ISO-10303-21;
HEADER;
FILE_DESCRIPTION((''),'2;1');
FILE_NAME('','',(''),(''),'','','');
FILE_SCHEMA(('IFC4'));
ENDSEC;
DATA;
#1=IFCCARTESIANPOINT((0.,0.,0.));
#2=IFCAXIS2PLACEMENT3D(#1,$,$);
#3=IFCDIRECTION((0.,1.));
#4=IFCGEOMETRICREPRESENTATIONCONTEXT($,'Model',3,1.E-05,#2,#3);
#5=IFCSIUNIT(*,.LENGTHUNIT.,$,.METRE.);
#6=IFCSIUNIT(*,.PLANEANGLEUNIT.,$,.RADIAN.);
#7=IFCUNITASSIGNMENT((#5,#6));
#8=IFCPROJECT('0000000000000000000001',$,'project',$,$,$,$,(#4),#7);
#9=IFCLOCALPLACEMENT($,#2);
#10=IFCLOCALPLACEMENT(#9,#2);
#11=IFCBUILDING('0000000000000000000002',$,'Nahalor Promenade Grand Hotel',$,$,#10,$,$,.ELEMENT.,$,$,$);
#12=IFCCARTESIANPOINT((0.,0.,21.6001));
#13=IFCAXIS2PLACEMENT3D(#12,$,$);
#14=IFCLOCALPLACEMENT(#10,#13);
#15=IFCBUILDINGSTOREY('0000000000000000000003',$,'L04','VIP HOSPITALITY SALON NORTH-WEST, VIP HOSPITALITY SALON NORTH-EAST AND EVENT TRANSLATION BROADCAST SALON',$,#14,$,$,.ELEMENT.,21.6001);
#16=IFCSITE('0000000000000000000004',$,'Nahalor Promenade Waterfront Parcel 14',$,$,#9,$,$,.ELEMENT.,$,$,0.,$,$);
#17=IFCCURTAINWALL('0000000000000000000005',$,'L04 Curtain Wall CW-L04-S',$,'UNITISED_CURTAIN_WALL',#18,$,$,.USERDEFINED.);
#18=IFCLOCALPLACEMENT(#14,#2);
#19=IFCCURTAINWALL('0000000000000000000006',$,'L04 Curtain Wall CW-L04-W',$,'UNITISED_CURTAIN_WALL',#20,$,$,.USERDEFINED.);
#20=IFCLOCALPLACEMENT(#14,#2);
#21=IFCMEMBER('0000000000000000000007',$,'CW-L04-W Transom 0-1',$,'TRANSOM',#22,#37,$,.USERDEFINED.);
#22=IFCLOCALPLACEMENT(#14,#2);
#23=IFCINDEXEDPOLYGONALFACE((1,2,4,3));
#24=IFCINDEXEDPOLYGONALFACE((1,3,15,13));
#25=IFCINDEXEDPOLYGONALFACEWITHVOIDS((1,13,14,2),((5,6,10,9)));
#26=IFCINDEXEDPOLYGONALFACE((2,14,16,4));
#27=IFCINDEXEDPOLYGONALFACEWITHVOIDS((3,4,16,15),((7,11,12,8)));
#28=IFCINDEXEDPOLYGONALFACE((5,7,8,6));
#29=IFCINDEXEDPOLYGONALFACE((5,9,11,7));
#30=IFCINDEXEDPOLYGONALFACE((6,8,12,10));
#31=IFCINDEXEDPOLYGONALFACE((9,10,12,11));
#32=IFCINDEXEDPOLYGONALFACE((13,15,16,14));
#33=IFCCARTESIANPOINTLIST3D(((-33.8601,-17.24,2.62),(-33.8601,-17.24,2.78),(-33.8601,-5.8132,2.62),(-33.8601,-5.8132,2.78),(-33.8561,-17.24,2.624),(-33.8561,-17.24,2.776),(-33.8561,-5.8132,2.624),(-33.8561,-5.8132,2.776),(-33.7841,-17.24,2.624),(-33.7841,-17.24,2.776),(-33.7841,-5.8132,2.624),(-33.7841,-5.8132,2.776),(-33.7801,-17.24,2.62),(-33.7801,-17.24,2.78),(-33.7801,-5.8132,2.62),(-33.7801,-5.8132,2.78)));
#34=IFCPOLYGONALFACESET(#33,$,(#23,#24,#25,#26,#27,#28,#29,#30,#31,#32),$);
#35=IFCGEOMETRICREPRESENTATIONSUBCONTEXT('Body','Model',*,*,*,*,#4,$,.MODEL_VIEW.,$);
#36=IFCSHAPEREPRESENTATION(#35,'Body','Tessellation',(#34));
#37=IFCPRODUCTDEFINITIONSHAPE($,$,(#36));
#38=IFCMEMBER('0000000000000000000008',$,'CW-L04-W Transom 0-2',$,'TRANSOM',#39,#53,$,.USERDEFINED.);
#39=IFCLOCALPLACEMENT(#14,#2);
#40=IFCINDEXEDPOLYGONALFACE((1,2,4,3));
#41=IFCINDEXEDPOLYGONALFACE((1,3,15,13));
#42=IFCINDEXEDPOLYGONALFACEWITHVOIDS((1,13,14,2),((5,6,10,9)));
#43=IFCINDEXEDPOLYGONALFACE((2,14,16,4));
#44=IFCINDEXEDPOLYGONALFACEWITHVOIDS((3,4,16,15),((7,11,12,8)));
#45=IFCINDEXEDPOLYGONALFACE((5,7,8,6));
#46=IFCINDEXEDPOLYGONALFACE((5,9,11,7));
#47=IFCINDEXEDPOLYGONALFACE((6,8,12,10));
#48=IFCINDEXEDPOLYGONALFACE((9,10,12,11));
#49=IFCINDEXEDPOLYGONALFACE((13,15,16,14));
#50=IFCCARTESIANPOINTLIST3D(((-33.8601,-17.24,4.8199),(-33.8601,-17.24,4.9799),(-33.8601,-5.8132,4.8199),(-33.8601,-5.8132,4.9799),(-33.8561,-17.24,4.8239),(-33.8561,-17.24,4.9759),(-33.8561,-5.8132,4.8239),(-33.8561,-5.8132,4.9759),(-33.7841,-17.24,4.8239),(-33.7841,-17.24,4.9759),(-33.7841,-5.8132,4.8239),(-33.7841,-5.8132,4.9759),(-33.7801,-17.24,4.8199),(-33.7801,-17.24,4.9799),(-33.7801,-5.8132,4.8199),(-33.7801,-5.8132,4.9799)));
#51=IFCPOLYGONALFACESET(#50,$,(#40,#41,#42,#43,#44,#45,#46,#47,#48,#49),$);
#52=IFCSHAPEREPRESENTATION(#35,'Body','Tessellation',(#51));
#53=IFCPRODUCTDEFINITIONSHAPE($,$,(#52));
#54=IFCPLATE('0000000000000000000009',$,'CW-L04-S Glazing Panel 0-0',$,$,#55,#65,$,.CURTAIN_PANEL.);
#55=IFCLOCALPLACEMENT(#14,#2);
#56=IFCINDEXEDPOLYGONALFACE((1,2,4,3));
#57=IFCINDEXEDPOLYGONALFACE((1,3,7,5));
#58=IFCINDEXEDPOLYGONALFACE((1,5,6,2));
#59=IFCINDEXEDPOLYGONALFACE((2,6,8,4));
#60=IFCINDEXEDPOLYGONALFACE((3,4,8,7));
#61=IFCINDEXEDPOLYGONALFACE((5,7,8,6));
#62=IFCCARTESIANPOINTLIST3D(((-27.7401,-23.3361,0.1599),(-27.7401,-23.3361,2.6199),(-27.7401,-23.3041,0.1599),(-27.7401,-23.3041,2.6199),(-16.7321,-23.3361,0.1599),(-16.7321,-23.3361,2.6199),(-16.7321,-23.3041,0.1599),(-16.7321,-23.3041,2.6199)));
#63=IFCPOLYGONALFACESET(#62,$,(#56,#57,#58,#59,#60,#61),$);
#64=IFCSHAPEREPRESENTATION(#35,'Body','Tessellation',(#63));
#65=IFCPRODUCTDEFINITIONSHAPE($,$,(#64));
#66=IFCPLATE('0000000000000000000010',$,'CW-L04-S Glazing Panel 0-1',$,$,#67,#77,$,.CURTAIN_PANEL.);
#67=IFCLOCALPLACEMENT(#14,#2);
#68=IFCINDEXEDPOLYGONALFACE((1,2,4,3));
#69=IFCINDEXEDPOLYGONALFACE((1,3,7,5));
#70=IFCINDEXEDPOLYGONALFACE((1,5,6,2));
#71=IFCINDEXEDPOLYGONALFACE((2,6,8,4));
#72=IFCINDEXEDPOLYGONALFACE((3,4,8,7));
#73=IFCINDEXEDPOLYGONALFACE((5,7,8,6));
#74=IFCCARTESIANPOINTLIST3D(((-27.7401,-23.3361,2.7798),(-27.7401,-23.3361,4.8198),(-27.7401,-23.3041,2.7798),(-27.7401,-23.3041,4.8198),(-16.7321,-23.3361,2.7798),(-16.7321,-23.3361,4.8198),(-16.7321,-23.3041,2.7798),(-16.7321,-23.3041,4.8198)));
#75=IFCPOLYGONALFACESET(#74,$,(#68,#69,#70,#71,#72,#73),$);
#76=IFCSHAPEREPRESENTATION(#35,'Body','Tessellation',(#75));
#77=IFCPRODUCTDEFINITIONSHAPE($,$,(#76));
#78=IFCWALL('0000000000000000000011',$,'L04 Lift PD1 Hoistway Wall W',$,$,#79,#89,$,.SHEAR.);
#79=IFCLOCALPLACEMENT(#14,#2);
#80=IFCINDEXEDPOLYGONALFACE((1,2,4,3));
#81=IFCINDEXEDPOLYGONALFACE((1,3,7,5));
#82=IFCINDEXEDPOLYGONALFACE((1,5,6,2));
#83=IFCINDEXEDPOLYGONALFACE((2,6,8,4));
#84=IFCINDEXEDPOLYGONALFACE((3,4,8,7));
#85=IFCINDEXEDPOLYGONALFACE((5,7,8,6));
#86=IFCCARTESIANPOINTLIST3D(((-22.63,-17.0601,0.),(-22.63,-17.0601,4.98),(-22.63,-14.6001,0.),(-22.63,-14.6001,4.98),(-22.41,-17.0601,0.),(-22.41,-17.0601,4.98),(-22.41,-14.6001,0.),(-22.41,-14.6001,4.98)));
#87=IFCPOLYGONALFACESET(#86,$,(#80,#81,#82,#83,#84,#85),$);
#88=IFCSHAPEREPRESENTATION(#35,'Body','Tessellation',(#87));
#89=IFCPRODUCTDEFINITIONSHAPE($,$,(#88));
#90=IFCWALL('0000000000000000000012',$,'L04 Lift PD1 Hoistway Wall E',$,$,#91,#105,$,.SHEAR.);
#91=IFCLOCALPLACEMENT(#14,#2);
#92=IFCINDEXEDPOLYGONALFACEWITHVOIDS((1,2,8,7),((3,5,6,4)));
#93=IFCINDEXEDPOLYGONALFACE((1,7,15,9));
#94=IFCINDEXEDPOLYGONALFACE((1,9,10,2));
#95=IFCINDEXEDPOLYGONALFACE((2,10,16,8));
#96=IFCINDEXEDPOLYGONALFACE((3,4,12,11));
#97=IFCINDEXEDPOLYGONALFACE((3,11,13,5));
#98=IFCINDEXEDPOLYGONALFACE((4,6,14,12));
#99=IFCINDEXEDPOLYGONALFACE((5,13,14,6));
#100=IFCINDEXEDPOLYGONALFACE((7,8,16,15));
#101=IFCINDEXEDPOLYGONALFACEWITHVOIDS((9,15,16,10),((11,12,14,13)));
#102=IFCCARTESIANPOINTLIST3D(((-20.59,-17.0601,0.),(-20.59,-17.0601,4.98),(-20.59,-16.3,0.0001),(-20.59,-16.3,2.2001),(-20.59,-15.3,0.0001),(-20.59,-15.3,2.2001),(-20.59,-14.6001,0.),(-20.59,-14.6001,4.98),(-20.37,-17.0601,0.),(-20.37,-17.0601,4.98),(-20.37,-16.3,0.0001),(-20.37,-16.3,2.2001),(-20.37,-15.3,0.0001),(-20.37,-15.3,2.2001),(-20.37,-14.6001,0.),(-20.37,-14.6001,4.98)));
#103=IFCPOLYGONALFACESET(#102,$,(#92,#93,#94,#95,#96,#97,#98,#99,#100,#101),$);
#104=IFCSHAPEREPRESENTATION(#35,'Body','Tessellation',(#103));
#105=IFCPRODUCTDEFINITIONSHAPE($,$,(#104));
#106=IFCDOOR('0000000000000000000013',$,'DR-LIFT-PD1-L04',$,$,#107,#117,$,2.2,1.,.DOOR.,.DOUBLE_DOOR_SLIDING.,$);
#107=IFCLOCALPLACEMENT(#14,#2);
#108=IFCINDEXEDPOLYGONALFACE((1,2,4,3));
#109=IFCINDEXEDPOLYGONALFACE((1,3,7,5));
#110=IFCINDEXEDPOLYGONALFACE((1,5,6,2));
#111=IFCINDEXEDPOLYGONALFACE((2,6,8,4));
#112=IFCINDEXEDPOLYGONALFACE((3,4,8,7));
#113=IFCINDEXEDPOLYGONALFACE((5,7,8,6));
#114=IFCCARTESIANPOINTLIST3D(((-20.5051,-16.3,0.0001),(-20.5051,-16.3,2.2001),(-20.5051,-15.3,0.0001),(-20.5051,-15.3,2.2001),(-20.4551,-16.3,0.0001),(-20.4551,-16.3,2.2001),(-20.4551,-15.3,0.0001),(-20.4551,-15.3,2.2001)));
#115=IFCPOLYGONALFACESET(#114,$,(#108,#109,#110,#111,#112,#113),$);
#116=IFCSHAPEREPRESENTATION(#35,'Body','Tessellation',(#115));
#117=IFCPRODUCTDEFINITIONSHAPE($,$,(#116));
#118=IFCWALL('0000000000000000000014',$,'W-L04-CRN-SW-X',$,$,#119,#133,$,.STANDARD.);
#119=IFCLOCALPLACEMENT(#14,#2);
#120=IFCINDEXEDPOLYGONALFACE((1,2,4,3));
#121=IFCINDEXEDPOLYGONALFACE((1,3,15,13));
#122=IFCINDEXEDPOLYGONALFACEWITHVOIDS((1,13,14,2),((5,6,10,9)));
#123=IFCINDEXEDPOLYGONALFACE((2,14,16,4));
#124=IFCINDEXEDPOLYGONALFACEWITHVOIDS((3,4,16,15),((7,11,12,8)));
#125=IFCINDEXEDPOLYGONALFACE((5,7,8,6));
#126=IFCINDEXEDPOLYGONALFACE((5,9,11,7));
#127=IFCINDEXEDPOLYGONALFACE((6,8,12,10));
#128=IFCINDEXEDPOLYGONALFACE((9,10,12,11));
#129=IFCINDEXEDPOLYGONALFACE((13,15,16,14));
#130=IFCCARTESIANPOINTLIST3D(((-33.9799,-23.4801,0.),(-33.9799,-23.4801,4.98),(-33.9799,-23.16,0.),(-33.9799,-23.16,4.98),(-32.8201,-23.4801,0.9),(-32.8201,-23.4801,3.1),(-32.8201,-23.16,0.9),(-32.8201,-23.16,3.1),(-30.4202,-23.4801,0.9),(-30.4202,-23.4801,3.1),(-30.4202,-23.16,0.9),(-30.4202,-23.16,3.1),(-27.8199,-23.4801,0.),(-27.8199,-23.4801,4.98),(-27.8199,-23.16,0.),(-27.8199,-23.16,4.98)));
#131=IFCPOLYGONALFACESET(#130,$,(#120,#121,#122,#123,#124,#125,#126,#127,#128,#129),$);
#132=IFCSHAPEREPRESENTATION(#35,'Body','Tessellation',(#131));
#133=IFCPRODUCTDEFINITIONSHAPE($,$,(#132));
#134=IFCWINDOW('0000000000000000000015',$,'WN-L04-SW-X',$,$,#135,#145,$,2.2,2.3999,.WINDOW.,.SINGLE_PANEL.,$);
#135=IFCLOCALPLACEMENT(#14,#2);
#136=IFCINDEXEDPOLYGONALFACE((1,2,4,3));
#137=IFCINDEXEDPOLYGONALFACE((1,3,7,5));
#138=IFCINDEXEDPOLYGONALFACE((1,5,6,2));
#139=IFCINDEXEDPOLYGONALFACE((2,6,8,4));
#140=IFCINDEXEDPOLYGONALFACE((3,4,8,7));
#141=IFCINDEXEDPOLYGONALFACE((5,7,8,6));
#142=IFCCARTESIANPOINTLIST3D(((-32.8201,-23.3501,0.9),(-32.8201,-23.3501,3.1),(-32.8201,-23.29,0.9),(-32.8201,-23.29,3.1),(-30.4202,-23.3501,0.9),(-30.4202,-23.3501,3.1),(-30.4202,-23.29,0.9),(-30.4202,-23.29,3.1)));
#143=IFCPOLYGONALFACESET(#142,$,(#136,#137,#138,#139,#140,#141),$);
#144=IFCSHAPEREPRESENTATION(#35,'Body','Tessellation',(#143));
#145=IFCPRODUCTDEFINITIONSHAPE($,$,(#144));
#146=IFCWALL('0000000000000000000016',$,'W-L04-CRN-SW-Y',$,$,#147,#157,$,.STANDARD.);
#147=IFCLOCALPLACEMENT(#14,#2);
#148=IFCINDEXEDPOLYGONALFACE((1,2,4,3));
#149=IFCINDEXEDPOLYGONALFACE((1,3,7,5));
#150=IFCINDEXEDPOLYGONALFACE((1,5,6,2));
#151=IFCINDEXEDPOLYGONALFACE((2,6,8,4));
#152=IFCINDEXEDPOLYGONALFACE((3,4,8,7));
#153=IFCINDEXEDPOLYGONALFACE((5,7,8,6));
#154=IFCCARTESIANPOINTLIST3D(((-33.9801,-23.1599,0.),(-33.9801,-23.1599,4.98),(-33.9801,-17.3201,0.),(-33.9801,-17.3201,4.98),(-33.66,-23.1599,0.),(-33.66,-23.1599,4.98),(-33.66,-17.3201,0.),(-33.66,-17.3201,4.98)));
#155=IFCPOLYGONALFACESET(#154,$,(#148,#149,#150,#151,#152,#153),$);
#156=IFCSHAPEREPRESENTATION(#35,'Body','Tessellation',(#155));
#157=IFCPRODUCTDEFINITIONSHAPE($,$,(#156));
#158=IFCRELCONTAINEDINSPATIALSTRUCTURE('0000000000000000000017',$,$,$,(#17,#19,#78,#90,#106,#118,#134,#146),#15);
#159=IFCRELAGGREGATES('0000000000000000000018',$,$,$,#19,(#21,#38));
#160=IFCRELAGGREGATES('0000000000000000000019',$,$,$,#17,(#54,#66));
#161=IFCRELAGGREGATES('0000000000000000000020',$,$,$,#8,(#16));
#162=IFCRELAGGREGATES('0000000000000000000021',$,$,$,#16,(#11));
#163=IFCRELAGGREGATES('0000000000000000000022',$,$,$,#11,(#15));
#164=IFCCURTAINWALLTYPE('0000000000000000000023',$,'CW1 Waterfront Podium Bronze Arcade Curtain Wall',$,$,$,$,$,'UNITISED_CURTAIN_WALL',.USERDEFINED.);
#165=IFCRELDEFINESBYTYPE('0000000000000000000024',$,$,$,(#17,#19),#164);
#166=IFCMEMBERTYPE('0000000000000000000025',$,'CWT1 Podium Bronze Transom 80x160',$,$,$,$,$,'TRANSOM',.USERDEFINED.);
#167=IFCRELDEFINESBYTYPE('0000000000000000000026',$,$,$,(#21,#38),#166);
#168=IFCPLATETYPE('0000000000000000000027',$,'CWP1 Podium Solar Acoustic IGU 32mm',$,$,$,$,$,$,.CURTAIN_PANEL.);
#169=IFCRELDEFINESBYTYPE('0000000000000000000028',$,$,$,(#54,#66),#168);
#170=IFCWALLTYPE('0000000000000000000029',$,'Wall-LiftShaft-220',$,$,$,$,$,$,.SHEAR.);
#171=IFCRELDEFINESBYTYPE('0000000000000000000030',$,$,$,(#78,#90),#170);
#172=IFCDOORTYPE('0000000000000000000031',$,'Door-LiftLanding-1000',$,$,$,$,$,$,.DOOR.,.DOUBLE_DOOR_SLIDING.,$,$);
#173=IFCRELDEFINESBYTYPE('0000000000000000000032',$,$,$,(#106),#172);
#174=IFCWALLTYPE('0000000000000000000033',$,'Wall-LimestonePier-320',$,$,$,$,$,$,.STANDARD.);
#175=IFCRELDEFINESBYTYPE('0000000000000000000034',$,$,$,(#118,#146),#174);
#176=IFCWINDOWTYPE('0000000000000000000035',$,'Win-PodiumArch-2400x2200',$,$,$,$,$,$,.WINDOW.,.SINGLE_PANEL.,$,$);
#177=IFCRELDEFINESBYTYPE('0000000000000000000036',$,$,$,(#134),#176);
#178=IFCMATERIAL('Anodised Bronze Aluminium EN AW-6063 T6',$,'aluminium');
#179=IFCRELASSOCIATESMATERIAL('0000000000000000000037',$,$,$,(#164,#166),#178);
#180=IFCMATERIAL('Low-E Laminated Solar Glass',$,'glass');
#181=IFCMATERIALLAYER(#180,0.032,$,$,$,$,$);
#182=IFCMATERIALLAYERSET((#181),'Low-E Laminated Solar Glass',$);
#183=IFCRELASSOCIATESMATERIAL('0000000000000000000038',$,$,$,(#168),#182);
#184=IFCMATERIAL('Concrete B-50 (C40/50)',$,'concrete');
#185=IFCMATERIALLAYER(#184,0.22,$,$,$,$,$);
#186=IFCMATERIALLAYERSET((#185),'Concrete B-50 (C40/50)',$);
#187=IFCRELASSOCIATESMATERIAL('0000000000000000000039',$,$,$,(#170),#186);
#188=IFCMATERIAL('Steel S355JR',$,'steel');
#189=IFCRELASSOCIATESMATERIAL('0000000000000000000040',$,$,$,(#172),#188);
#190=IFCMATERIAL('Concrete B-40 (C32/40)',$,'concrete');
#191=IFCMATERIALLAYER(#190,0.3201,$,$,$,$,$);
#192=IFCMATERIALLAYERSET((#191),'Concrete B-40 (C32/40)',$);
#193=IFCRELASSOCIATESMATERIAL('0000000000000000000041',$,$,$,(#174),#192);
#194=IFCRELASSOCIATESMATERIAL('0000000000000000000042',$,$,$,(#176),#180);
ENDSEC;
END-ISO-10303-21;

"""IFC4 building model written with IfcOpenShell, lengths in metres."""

from ifc_helpers import new_model, si_unit, direction, frame, frame_2d, origin, origin_2d, place, context, subcontext, project, spatial, rectangle, hollow_rectangle, extrude, source, transform, mapped, material, layer, layer_set, material_profile, profile_set, type_object, element, fill, aggregate, save


model = new_model("IFC4")

# Units and contexts
model_context = context("Model", 3, precision=1e-05, world=origin(), true_north=direction((0.0, 1.0)))
body_context = subcontext(model_context, "Body", "Model", "MODEL_VIEW")
ifc_project = project(units=[si_unit("LENGTHUNIT", "METRE"), si_unit("PLANEANGLEUNIT", "RADIAN")], contexts=[model_context])

# Site, building, storey
site_placement = place(None, origin())
site = spatial("IfcSite", under=ifc_project, at=site_placement, Name="Nahalor Promenade Waterfront Parcel 14", CompositionType="ELEMENT", RefElevation=0.0)
building_placement = place(site_placement, origin())
building = spatial("IfcBuilding", under=site, at=building_placement, Name="Nahalor Promenade Grand Hotel", CompositionType="ELEMENT")
storey_placement = place(building_placement, frame((0.0, 0.0, 21.6001)))
storey = spatial("IfcBuildingStorey", under=building, at=storey_placement, Name="L04", Description="VIP HOSPITALITY SALON NORTH-WEST, VIP HOSPITALITY SALON NORTH-EAST AND EVENT TRANSLATION BROADCAST SALON", CompositionType="ELEMENT", Elevation=21.6001)

# Shared definitions
ifc_material_1 = material(Name="Steel S355JR", Category="steel")

# Curtain walls
ifc_material_2 = material(Name="Anodised Bronze Aluminium EN AW-6063 T6", Category="aluminium")
curtain_wall_type = type_object("IfcCurtainWallType", Name="CW1 Waterfront Podium Bronze Arcade Curtain Wall", ElementType="UNITISED_CURTAIN_WALL", PredefinedType="USERDEFINED", material=ifc_material_2)
curtain_wall_1_placement = place(storey_placement, origin())
curtain_wall_1 = element("IfcCurtainWall", 1, at=curtain_wall_1_placement, inside=storey, type_object=curtain_wall_type, Name="L04 Curtain Wall CW-L04-S", ObjectType="UNITISED_CURTAIN_WALL", PredefinedType="USERDEFINED")
curtain_wall_2_placement = place(storey_placement, origin())
curtain_wall_2 = element("IfcCurtainWall", 2, at=curtain_wall_2_placement, inside=storey, type_object=curtain_wall_type, Name="L04 Curtain Wall CW-L04-W", ObjectType="UNITISED_CURTAIN_WALL", PredefinedType="USERDEFINED")

# Members
ifc_material_profile_1 = material_profile(ifc_material_2, hollow_rectangle(XDim=0.08, YDim=0.16, WallThickness=0.004, at=origin_2d()), Name="CWT 80x160x4")
ifc_profile_set_1 = profile_set([ifc_material_profile_1], Name="Anodised Bronze Aluminium EN AW-6063 T6")
member_type_1 = type_object("IfcMemberType", Name="CWT1 Podium Bronze Transom 80x160", ElementType="TRANSOM", PredefinedType="USERDEFINED", material=ifc_profile_set_1)
shared_shape_1 = source(origin(), body_context, "Body", "SweptSolid", [
    extrude(hollow_rectangle(XDim=0.08, YDim=0.16, WallThickness=0.004, at=origin_2d()), origin(), (0.0, 0.0, 1.0), 11.4268),
])
member_1_placement = place(storey_placement, frame((-33.8201, -17.24, 2.7), z_axis=(0.0, 1.0, 0.0), x_axis=(-1.0, 0.0, 0.0)))
member_1 = element("IfcMember", 3, at=member_1_placement, type_object=member_type_1, Name="CW-L04-W Transom 0-1", ObjectType="TRANSOM", PredefinedType="USERDEFINED", context=body_context, shape_type="MappedRepresentation", body=[
    mapped(shared_shape_1, transform((0.0, 0.0, 0.0), scale=1.0)),
])
member_2_placement = place(storey_placement, frame((-33.8201, -17.24, 4.8999), z_axis=(0.0, 1.0, 0.0), x_axis=(-1.0, 0.0, 0.0)))
member_2 = element("IfcMember", 4, at=member_2_placement, type_object=member_type_1, Name="CW-L04-W Transom 0-2", ObjectType="TRANSOM", PredefinedType="USERDEFINED", context=body_context, shape_type="MappedRepresentation", body=[
    mapped(shared_shape_1, transform((0.0, 0.0, 0.0), scale=1.0)),
])
aggregate(curtain_wall_2, [member_1, member_2])

# Plates
ifc_material_3 = material(Name="Low-E Laminated Solar Glass", Category="glass")
ifc_layer_1 = layer(ifc_material_3, 0.032)
ifc_layer_set_1 = layer_set([ifc_layer_1], Name="Low-E Laminated Solar Glass")
plate_type = type_object("IfcPlateType", Name="CWP1 Podium Solar Acoustic IGU 32mm", PredefinedType="CURTAIN_PANEL", material=ifc_layer_set_1)
shared_shape_2 = source(origin(), body_context, "Body", "SweptSolid", [
    extrude(rectangle(XDim=11.0081, YDim=0.032, at=origin_2d()), origin(), (0.0, 0.0, 1.0), 2.46),
])
plate_1_placement = place(storey_placement, frame((-22.2361, -23.3201, 0.1599), z_axis=(0.0, 0.0, 1.0), x_axis=(1.0, 0.0, 0.0)))
plate_1 = element("IfcPlate", 5, at=plate_1_placement, type_object=plate_type, Name="CW-L04-S Glazing Panel 0-0", PredefinedType="CURTAIN_PANEL", context=body_context, shape_type="MappedRepresentation", body=[
    mapped(shared_shape_2, transform((0.0, 0.0, 0.0), scale=1.0)),
])
shared_shape_3 = source(origin(), body_context, "Body", "SweptSolid", [
    extrude(rectangle(XDim=11.0081, YDim=0.032, at=origin_2d()), origin(), (0.0, 0.0, 1.0), 2.04),
])
plate_2_placement = place(storey_placement, frame((-22.2361, -23.3201, 2.7798), z_axis=(0.0, 0.0, 1.0), x_axis=(1.0, 0.0, 0.0)))
plate_2 = element("IfcPlate", 6, at=plate_2_placement, type_object=plate_type, Name="CW-L04-S Glazing Panel 0-1", PredefinedType="CURTAIN_PANEL", context=body_context, shape_type="MappedRepresentation", body=[
    mapped(shared_shape_3, transform((0.0, 0.0, 0.0), scale=1.0)),
])
aggregate(curtain_wall_1, [plate_1, plate_2])

# Wall
ifc_material_4 = material(Name="Concrete B-50 (C40/50)", Category="concrete")
ifc_layer_2 = layer(ifc_material_4, 0.22)
ifc_layer_set_2 = layer_set([ifc_layer_2], Name="Concrete B-50 (C40/50)")
wall_type_1 = type_object("IfcWallType", Name="Wall-LiftShaft-220", PredefinedType="SHEAR", material=ifc_layer_set_2)
shared_shape_4 = source(origin(), body_context, "Body", "SweptSolid", [
    extrude(rectangle(XDim=2.46, YDim=0.22, at=frame_2d((1.23, 0.0))), origin(), (0.0, 0.0, 1.0), 4.98),
])
wall_1_placement = place(storey_placement, frame((-22.52, -17.0601, 0.0), z_axis=(0.0, 0.0, 1.0), x_axis=(0.0, 1.0, 0.0)))
element("IfcWall", 7, at=wall_1_placement, inside=storey, type_object=wall_type_1, Name="L04 Lift PD1 Hoistway Wall W", PredefinedType="SHEAR", context=body_context, shape_type="MappedRepresentation", body=[
    mapped(shared_shape_4, transform((0.0, 0.0, 0.0), scale=1.0)),
])

# Wall, opening, door
wall_2_placement = place(storey_placement, frame((-20.48, -17.0601, 0.0), z_axis=(0.0, 0.0, 1.0), x_axis=(0.0, 1.0, 0.0)))
wall_2 = element("IfcWall", 8, at=wall_2_placement, inside=storey, type_object=wall_type_1, Name="L04 Lift PD1 Hoistway Wall E", PredefinedType="SHEAR", context=body_context, shape_type="MappedRepresentation", body=[
    mapped(shared_shape_4, transform((0.0, 0.0, 0.0), scale=1.0)),
])
opening_1_placement = place(wall_2_placement, frame((0.76, 0.0, 0.0)))
opening_1 = element("IfcOpeningElement", 9, at=opening_1_placement, cuts=wall_2, PredefinedType="OPENING", context=body_context, shape_type="SweptSolid", body=[
    extrude(rectangle(XDim=1.0, YDim=2.2, at=frame_2d((0.5, 1.1001))), frame((0.0, 0.1199, 0.0), z_axis=(0.0, -1.0, 0.0), x_axis=(1.0, 0.0, 0.0)), (0.0, 0.0, 1.0), 0.24),
])
door_type = type_object("IfcDoorType", Name="Door-LiftLanding-1000", OperationType="DOUBLE_DOOR_SLIDING", PredefinedType="DOOR", material=ifc_material_1)
shared_shape_5 = source(origin(), body_context, "Body", "SweptSolid", [
    extrude(rectangle(XDim=1.0, YDim=2.2, at=frame_2d((0.5, 1.1001))), frame((0.0, 0.0249, 0.0), z_axis=(0.0, -1.0, 0.0), x_axis=(1.0, 0.0, 0.0)), (0.0, 0.0, 1.0), 0.05),
])
door_placement = place(opening_1_placement, frame((1.0, 0.0, 0.0), z_axis=(0.0, 0.0, 1.0), x_axis=(-1.0, 0.0, 0.0)))
door = element("IfcDoor", 10, at=door_placement, inside=storey, type_object=door_type, Name="DR-LIFT-PD1-L04", OperationType="DOUBLE_DOOR_SLIDING", OverallHeight=2.2, OverallWidth=1.0, PredefinedType="DOOR", context=body_context, shape_type="MappedRepresentation", body=[
    mapped(shared_shape_5, transform((0.0, 0.0, 0.0), scale=1.0)),
])
fill(opening_1, door)

# Wall, opening, window
ifc_material_5 = material(Name="Concrete B-40 (C32/40)", Category="concrete")
ifc_layer_3 = layer(ifc_material_5, 0.3201)
ifc_layer_set_3 = layer_set([ifc_layer_3], Name="Concrete B-40 (C32/40)")
wall_type_2 = type_object("IfcWallType", Name="Wall-LimestonePier-320", PredefinedType="STANDARD", material=ifc_layer_set_3)
shared_shape_6 = source(origin(), body_context, "Body", "SweptSolid", [
    extrude(rectangle(XDim=6.1599, YDim=0.3201, at=frame_2d((3.0801, 0.0))), origin(), (0.0, 0.0, 1.0), 4.98),
])
wall_3_placement = place(storey_placement, frame((-33.98, -23.3201, 0.0), z_axis=(0.0, 0.0, 1.0), x_axis=(1.0, 0.0, 0.0)))
wall_3 = element("IfcWall", 11, at=wall_3_placement, inside=storey, type_object=wall_type_2, Name="W-L04-CRN-SW-X", PredefinedType="STANDARD", context=body_context, shape_type="MappedRepresentation", body=[
    mapped(shared_shape_6, transform((0.0, 0.0, 0.0), scale=1.0)),
])
opening_2_placement = place(wall_3_placement, frame((1.1599, 0.0, 0.8999)))
opening_2 = element("IfcOpeningElement", 12, at=opening_2_placement, cuts=wall_3, PredefinedType="OPENING", context=body_context, shape_type="SweptSolid", body=[
    extrude(rectangle(XDim=2.3999, YDim=2.2, at=frame_2d((1.2, 1.1001))), frame((0.0, 0.1699, 0.0), z_axis=(0.0, -1.0, 0.0), x_axis=(1.0, 0.0, 0.0)), (0.0, 0.0, 1.0), 0.3401),
])
window_type = type_object("IfcWindowType", Name="Win-PodiumArch-2400x2200", PartitioningType="SINGLE_PANEL", PredefinedType="WINDOW", material=ifc_material_3)
shared_shape_7 = source(origin(), body_context, "Body", "SweptSolid", [
    extrude(rectangle(XDim=2.3999, YDim=2.2, at=frame_2d((1.2, 1.1001))), frame((0.0, 0.03, 0.0), z_axis=(0.0, -1.0, 0.0), x_axis=(1.0, 0.0, 0.0)), (0.0, 0.0, 1.0), 0.0601),
])
window_placement = place(opening_2_placement, origin())
window = element("IfcWindow", 13, at=window_placement, inside=storey, type_object=window_type, Name="WN-L04-SW-X", OverallHeight=2.2, OverallWidth=2.3999, PartitioningType="SINGLE_PANEL", PredefinedType="WINDOW", context=body_context, shape_type="MappedRepresentation", body=[
    mapped(shared_shape_7, transform((0.0, 0.0, 0.0), scale=1.0)),
])
fill(opening_2, window)

# Wall
shared_shape_8 = source(origin(), body_context, "Body", "SweptSolid", [
    extrude(rectangle(XDim=5.8398, YDim=0.3201, at=frame_2d((2.9199, 0.0))), origin(), (0.0, 0.0, 1.0), 4.98),
])
wall_4_placement = place(storey_placement, frame((-33.8201, -23.1599, 0.0), z_axis=(0.0, 0.0, 1.0), x_axis=(0.0, 1.0, 0.0)))
element("IfcWall", 14, at=wall_4_placement, inside=storey, type_object=wall_type_2, Name="W-L04-CRN-SW-Y", PredefinedType="STANDARD", context=body_context, shape_type="MappedRepresentation", body=[
    mapped(shared_shape_8, transform((0.0, 0.0, 0.0), scale=1.0)),
])

save(model, "model.ifc")
